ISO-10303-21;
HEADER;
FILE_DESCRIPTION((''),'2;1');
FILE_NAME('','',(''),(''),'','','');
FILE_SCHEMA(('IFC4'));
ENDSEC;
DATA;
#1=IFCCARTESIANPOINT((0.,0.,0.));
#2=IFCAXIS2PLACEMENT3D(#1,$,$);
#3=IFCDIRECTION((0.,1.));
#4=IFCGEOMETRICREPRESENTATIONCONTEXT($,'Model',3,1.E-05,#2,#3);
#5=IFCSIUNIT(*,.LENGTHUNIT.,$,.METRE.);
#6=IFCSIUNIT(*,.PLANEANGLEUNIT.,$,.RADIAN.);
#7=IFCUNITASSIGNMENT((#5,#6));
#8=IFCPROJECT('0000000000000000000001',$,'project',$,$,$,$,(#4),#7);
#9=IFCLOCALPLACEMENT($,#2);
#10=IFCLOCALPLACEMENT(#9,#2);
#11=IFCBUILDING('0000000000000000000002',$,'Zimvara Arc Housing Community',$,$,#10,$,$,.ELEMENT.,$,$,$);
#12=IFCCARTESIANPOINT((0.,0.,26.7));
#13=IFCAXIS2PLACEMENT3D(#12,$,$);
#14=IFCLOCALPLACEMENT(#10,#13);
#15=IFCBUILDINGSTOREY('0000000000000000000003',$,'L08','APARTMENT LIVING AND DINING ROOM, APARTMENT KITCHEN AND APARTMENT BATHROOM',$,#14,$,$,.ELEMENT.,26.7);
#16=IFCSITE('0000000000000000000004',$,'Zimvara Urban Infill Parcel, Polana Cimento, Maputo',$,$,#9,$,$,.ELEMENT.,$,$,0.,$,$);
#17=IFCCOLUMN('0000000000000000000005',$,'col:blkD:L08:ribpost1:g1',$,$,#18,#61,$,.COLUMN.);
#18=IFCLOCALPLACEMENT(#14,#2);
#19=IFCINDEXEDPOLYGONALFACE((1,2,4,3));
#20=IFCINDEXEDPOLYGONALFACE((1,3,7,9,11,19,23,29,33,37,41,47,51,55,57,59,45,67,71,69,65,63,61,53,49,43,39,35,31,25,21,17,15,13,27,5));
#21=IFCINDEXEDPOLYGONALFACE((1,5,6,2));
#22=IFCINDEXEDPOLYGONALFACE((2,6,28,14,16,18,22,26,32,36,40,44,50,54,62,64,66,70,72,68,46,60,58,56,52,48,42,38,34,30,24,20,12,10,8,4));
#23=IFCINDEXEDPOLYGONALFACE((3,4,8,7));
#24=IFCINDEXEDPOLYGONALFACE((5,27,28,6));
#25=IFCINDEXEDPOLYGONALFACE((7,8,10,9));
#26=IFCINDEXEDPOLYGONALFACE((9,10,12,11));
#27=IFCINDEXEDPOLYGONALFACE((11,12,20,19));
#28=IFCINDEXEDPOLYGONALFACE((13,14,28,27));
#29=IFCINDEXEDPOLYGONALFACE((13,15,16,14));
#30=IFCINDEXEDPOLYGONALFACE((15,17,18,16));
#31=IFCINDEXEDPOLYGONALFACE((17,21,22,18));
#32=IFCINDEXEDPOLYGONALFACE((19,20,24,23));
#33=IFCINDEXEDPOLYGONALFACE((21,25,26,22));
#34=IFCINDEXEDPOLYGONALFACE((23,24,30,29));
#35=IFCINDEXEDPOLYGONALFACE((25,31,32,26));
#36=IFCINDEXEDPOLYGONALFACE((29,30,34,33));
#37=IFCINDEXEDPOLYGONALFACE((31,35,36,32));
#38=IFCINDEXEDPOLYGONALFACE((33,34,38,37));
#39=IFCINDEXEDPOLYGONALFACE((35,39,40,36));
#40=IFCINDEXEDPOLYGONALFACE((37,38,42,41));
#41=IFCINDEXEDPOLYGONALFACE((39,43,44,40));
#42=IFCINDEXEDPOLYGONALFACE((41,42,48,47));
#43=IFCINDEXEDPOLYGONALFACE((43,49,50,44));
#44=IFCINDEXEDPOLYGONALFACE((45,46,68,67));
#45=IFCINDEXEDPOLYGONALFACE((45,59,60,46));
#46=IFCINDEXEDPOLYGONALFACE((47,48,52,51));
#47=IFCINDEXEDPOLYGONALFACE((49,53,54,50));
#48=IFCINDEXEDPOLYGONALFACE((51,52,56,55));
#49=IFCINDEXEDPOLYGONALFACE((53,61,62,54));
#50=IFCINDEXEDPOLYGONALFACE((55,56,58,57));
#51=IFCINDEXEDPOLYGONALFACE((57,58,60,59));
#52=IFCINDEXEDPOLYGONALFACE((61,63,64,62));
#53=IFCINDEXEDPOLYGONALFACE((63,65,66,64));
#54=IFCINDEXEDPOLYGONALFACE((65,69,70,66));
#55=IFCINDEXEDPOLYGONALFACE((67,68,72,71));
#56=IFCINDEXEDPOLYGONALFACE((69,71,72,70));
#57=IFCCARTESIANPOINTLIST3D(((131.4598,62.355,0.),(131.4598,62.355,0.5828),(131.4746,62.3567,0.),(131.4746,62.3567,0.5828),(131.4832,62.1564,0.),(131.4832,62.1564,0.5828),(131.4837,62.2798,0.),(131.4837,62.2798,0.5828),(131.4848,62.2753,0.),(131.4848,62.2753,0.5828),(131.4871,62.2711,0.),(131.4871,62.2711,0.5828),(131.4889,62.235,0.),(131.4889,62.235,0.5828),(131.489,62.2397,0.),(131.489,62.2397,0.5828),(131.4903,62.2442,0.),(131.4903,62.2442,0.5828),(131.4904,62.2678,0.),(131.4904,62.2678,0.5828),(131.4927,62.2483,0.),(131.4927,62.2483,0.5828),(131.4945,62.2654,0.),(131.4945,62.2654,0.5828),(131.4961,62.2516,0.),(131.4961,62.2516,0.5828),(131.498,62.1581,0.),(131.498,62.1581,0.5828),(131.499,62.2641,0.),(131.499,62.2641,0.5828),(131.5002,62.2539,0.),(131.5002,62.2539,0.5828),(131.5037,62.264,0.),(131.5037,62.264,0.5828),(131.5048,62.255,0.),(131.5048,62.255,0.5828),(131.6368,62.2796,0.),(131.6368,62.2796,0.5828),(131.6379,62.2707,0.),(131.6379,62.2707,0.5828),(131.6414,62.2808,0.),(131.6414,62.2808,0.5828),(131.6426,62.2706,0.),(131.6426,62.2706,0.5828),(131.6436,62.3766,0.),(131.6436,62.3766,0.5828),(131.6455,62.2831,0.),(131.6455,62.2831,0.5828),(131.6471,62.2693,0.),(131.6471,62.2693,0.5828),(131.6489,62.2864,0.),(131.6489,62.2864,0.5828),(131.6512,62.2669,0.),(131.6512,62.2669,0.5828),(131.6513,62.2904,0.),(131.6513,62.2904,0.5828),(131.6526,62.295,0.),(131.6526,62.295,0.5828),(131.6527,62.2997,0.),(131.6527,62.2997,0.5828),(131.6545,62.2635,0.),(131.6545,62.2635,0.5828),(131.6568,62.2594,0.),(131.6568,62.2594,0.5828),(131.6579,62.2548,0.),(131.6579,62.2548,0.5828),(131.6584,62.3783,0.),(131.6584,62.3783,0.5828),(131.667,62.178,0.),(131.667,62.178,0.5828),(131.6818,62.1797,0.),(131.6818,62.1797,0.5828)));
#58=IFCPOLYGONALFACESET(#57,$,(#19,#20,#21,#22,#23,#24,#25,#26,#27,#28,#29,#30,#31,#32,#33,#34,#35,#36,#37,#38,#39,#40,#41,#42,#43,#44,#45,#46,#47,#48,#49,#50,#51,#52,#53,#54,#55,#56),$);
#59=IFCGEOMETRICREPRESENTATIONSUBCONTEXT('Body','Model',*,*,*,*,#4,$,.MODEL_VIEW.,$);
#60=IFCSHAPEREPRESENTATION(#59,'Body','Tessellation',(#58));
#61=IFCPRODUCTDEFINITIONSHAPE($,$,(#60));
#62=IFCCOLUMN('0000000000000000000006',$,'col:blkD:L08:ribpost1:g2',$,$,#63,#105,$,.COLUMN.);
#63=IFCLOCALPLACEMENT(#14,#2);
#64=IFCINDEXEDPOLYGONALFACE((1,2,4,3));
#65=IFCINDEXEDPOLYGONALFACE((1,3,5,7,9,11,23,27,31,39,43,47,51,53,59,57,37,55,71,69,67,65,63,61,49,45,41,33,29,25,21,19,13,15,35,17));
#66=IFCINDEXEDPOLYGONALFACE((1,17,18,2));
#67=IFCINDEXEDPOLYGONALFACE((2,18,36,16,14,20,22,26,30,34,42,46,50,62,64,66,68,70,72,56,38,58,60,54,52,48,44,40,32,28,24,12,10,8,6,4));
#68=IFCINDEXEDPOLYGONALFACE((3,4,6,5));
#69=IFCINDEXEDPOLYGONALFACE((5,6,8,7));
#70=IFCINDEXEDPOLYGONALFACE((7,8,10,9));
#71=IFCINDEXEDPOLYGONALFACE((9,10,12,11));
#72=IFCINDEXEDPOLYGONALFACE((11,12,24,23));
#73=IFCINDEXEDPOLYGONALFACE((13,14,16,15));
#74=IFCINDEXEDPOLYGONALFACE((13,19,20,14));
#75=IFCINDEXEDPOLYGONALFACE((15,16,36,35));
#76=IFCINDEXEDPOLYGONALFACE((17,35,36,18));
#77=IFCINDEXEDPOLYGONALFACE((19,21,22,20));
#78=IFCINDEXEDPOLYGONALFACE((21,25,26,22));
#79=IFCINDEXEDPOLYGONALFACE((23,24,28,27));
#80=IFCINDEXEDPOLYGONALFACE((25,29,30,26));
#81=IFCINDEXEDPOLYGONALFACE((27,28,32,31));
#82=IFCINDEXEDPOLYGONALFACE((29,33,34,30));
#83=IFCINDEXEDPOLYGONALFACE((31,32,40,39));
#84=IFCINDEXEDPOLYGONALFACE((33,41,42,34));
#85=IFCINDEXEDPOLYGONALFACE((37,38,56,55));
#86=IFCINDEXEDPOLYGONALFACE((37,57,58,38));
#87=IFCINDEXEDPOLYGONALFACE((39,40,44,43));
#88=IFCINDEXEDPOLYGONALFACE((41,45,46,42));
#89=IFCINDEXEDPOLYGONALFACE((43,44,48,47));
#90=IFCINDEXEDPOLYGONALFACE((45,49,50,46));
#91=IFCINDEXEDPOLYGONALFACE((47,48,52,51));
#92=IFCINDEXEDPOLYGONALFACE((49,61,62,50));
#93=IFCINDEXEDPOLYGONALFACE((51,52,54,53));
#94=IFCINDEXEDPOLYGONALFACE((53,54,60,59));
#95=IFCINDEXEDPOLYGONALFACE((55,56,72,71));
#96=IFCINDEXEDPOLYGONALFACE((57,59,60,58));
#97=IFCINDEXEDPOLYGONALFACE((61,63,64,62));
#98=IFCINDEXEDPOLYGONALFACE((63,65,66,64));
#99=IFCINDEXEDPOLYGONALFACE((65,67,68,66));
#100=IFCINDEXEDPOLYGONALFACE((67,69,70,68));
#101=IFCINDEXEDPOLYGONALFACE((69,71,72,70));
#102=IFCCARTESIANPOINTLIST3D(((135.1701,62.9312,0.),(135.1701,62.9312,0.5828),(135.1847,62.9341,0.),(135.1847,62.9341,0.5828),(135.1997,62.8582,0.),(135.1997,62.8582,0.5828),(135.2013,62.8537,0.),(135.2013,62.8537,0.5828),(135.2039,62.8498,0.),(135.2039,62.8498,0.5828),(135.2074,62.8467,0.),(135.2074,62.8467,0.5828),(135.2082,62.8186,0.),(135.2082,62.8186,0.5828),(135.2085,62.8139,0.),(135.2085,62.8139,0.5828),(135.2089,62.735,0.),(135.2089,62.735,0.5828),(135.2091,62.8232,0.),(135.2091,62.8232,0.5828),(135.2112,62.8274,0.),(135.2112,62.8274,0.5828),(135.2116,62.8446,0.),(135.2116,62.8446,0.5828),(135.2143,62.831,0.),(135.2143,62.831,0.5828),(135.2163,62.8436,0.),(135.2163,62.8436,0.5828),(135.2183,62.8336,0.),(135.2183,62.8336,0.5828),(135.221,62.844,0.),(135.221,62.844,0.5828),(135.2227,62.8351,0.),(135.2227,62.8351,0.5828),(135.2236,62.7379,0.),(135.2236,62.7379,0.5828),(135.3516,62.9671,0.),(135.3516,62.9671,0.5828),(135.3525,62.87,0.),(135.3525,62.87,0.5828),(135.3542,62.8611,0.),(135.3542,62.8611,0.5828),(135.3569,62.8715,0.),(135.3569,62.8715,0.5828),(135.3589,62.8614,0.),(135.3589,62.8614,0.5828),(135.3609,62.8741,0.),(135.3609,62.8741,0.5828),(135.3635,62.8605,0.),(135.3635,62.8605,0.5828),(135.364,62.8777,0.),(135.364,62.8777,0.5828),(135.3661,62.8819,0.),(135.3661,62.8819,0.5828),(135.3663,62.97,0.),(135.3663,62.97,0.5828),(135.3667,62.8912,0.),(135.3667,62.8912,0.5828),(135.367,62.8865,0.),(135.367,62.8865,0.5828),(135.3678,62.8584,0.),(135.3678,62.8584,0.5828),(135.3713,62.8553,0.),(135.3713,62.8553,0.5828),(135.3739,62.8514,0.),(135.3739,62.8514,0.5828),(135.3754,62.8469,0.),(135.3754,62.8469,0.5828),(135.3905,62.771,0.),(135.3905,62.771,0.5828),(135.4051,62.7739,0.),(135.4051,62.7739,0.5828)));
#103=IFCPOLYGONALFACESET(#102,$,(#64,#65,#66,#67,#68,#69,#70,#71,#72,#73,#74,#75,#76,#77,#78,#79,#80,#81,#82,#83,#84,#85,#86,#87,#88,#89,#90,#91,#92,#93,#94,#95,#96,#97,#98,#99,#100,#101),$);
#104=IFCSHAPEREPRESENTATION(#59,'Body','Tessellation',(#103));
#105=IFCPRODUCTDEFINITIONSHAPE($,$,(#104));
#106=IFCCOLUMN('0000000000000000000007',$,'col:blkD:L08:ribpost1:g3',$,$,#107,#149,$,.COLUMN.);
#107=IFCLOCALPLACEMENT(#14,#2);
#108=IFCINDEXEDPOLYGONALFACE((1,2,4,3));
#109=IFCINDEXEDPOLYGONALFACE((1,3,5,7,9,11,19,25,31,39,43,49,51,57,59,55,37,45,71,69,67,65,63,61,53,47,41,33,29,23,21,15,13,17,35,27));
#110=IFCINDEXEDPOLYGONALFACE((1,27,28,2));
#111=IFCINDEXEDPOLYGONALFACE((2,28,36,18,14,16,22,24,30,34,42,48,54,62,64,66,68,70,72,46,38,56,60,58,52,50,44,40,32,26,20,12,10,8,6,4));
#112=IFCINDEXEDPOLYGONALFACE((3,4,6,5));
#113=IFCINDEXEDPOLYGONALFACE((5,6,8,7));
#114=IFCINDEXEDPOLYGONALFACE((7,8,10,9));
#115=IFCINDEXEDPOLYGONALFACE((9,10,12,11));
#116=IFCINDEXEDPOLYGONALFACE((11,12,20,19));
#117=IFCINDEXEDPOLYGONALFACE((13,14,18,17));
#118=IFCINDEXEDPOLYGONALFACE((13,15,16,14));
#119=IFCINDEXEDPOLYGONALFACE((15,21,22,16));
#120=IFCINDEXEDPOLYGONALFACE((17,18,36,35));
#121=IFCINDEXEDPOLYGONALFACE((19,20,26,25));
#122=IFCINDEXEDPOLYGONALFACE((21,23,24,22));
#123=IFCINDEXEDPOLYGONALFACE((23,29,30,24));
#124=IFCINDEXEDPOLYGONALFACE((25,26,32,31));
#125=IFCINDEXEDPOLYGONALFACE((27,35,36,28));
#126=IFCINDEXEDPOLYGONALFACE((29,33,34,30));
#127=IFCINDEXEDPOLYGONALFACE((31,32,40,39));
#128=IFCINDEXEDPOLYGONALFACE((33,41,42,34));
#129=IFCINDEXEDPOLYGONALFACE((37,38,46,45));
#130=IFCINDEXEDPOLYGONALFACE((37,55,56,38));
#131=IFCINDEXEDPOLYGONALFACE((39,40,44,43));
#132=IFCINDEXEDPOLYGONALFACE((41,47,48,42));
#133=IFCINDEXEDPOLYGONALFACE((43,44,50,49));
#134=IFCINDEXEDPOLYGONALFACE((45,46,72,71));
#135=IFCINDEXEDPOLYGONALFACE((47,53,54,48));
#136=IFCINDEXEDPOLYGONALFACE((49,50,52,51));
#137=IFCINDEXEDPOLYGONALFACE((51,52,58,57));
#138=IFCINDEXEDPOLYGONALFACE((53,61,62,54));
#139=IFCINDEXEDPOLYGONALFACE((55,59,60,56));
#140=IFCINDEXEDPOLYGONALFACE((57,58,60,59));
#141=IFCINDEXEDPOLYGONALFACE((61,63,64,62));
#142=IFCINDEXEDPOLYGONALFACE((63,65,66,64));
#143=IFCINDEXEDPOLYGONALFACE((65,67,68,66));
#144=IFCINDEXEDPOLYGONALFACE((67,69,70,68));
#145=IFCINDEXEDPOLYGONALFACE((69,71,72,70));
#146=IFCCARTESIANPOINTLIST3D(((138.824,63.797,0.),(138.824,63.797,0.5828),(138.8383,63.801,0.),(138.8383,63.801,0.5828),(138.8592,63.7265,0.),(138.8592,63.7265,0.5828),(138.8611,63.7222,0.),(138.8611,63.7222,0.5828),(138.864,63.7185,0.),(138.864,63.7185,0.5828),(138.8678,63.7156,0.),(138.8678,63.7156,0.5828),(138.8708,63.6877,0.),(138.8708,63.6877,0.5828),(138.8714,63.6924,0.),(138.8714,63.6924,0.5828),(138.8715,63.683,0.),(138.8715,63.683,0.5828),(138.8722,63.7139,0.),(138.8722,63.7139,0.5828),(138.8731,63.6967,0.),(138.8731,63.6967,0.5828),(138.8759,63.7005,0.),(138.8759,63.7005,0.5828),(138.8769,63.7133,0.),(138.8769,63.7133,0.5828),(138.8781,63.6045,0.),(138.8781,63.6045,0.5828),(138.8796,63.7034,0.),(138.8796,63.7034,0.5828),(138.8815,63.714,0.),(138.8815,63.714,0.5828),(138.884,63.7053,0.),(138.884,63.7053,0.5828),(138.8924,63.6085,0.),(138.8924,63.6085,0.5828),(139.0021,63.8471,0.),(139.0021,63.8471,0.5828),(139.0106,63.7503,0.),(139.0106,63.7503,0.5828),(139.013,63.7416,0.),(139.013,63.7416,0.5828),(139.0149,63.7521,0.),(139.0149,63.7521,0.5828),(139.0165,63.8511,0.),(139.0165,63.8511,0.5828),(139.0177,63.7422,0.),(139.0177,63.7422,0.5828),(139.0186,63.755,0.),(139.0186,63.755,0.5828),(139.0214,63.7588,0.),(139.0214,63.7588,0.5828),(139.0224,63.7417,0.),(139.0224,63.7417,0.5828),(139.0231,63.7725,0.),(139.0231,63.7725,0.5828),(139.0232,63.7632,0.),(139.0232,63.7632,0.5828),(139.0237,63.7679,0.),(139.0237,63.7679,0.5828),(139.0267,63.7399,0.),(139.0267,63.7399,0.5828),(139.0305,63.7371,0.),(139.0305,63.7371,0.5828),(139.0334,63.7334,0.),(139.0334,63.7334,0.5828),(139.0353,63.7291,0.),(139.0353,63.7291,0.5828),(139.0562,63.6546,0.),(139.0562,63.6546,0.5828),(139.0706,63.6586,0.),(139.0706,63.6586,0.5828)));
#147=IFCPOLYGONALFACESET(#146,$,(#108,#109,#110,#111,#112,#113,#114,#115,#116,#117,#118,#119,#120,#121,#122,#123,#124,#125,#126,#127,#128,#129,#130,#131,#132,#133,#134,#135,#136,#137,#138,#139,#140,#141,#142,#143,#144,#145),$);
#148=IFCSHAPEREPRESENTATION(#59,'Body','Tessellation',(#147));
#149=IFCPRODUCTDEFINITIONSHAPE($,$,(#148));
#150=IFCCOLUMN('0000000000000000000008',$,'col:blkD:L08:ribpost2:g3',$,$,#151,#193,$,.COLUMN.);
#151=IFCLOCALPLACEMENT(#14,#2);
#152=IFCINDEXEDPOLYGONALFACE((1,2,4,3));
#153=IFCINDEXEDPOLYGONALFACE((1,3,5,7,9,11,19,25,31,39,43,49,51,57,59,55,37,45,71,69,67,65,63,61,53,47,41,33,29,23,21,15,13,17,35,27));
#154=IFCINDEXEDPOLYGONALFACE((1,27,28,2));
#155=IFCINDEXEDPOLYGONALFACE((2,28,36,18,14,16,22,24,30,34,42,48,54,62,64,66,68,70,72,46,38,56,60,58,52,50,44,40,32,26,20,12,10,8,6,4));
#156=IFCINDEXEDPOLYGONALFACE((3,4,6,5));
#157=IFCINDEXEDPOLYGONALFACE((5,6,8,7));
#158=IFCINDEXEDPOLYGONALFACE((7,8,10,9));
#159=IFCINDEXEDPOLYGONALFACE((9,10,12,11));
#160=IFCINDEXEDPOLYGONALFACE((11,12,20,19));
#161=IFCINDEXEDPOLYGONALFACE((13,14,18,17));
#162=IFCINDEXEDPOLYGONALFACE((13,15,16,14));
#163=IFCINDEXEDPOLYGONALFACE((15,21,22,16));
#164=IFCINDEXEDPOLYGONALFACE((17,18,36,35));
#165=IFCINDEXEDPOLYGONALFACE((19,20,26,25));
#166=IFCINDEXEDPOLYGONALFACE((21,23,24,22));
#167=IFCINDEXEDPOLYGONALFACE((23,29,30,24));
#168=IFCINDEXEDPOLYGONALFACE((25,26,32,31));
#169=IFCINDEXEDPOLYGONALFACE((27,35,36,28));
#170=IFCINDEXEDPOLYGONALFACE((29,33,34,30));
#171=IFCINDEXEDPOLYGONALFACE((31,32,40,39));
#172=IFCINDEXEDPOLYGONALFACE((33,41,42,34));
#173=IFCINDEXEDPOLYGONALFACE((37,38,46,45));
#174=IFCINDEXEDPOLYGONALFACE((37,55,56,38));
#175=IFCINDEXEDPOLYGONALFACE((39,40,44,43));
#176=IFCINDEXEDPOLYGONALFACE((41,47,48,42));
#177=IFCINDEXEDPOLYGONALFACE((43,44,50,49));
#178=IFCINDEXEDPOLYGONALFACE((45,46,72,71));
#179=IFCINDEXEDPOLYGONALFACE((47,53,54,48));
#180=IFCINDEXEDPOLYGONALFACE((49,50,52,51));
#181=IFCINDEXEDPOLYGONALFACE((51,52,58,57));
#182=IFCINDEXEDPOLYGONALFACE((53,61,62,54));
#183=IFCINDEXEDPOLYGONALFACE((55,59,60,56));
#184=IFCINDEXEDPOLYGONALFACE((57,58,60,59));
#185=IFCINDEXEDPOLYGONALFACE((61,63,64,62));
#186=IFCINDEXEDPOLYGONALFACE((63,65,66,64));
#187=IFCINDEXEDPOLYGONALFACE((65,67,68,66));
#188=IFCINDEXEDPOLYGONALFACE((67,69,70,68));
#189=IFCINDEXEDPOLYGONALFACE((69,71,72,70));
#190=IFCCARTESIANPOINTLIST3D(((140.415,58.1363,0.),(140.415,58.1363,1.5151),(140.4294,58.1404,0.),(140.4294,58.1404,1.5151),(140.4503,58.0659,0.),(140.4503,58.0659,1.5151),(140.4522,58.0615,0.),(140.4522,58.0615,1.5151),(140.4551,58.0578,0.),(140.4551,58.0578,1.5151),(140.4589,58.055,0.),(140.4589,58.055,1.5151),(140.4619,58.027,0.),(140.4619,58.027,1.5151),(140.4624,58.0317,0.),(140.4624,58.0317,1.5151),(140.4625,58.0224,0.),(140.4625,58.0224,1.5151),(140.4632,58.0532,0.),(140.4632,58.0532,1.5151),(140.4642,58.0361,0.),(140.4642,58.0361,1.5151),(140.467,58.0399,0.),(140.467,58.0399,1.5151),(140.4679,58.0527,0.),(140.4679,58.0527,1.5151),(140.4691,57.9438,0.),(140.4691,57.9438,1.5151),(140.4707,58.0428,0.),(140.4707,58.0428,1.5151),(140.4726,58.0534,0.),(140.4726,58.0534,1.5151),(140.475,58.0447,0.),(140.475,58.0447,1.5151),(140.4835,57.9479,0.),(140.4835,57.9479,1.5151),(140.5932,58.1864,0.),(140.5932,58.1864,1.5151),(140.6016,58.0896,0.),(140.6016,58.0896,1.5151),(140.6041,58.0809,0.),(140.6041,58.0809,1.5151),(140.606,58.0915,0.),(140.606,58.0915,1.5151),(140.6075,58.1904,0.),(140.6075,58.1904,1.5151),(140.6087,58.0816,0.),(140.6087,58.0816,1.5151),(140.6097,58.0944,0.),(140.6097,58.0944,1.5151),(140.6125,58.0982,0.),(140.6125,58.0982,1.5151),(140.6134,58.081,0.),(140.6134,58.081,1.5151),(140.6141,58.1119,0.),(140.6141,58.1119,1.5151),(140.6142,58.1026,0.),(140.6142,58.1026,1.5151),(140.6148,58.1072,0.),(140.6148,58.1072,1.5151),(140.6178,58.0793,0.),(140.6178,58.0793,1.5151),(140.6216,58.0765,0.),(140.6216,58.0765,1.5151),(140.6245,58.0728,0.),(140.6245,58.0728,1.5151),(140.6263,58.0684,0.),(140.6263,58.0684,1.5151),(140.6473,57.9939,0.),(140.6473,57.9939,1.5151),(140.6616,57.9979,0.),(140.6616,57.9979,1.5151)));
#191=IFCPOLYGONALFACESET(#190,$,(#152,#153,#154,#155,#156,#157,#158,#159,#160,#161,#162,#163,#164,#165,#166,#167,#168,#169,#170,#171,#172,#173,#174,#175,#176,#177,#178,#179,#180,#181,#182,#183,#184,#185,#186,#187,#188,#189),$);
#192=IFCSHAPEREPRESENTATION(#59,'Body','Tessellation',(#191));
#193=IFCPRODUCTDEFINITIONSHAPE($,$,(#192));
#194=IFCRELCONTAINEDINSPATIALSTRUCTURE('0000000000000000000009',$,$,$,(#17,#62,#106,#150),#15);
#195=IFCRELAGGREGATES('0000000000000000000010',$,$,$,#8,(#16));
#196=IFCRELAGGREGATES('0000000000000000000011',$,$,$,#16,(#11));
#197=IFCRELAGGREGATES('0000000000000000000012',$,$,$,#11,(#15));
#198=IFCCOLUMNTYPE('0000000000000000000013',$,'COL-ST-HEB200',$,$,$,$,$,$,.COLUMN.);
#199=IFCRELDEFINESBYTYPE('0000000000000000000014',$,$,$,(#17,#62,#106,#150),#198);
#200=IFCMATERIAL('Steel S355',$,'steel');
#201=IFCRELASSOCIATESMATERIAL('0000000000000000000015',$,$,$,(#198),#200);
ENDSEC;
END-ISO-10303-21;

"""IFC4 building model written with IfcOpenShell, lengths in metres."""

from ifc_helpers import new_model, si_unit, direction, frame, origin, origin_2d, place, context, subcontext, project, spatial, i_section, extrude, material, material_profile, profile_set, type_object, element, save


model = new_model("IFC4")

# Units and contexts
model_context = context("Model", 3, precision=1e-05, world=origin(), true_north=direction((0.0, 1.0)))
body_context = subcontext(model_context, "Body", "Model", "MODEL_VIEW")
ifc_project = project(units=[si_unit("LENGTHUNIT", "METRE"), si_unit("PLANEANGLEUNIT", "RADIAN")], contexts=[model_context])

# Site, building, storey
site_placement = place(None, origin())
site = spatial("IfcSite", under=ifc_project, at=site_placement, Name="Zimvara Urban Infill Parcel, Polana Cimento, Maputo", CompositionType="ELEMENT", RefElevation=0.0)
building_placement = place(site_placement, origin())
building = spatial("IfcBuilding", under=site, at=building_placement, Name="Zimvara Arc Housing Community", CompositionType="ELEMENT")
storey_placement = place(building_placement, frame((0.0, 0.0, 26.7)))
storey = spatial("IfcBuildingStorey", under=building, at=storey_placement, Name="L08", Description="APARTMENT LIVING AND DINING ROOM, APARTMENT KITCHEN AND APARTMENT BATHROOM", CompositionType="ELEMENT", Elevation=26.7)

# Columns
ifc_material_1 = material(Name="Steel S355", Category="steel")
ifc_material_profile_1 = material_profile(ifc_material_1, i_section(OverallWidth=0.2, OverallDepth=0.2, WebThickness=0.009, FlangeThickness=0.0149, FilletRadius=0.0181, at=origin_2d()), Name="HEB 200")
ifc_profile_set_1 = profile_set([ifc_material_profile_1], Name="Steel S355")
column_type = type_object("IfcColumnType", Name="COL-ST-HEB200", PredefinedType="COLUMN", material=ifc_profile_set_1)
for number, where, z_axis, x_axis, name in (
    (1, (131.5708, 62.2673, 0.0), (0.0, 0.0, 1.0), (0.116671, -0.993171, 0.0), "col:blkD:L08:ribpost1:g1"),
    (2, (135.2876, 62.8525, 0.0), (0.0, 0.0, 1.0), (0.194234, -0.980955, 0.0), "col:blkD:L08:ribpost1:g2"),
    (3, (138.9473, 63.7278, 0.0), (0.0, 0.0, 1.0), (0.2706, -0.962692, 0.0), "col:blkD:L08:ribpost1:g3"),
):
    element("IfcColumn", number, at=place(storey_placement, frame(where, z_axis=z_axis, x_axis=x_axis)), inside=storey, type_object=column_type, Name=name, PredefinedType="COLUMN", context=body_context, shape_type="SweptSolid", body=[
        extrude(i_section(OverallWidth=0.2, OverallDepth=0.2, WebThickness=0.009, FlangeThickness=0.0149, FilletRadius=0.0181, at=origin_2d()), origin(), (0.0, 0.0, 1.0), 0.5828),
    ])
column_placement = place(storey_placement, frame((140.5383, 58.0671, 0.0), z_axis=(0.0, 0.0, 1.0), x_axis=(0.2706, -0.962692, 0.0)))
element("IfcColumn", 4, at=column_placement, inside=storey, type_object=column_type, Name="col:blkD:L08:ribpost2:g3", PredefinedType="COLUMN", context=body_context, shape_type="SweptSolid", body=[
    extrude(i_section(OverallWidth=0.2, OverallDepth=0.2, WebThickness=0.009, FlangeThickness=0.0149, FilletRadius=0.0181, at=origin_2d()), origin(), (0.0, 0.0, 1.0), 1.5151),
])

save(model, "model.ifc")
